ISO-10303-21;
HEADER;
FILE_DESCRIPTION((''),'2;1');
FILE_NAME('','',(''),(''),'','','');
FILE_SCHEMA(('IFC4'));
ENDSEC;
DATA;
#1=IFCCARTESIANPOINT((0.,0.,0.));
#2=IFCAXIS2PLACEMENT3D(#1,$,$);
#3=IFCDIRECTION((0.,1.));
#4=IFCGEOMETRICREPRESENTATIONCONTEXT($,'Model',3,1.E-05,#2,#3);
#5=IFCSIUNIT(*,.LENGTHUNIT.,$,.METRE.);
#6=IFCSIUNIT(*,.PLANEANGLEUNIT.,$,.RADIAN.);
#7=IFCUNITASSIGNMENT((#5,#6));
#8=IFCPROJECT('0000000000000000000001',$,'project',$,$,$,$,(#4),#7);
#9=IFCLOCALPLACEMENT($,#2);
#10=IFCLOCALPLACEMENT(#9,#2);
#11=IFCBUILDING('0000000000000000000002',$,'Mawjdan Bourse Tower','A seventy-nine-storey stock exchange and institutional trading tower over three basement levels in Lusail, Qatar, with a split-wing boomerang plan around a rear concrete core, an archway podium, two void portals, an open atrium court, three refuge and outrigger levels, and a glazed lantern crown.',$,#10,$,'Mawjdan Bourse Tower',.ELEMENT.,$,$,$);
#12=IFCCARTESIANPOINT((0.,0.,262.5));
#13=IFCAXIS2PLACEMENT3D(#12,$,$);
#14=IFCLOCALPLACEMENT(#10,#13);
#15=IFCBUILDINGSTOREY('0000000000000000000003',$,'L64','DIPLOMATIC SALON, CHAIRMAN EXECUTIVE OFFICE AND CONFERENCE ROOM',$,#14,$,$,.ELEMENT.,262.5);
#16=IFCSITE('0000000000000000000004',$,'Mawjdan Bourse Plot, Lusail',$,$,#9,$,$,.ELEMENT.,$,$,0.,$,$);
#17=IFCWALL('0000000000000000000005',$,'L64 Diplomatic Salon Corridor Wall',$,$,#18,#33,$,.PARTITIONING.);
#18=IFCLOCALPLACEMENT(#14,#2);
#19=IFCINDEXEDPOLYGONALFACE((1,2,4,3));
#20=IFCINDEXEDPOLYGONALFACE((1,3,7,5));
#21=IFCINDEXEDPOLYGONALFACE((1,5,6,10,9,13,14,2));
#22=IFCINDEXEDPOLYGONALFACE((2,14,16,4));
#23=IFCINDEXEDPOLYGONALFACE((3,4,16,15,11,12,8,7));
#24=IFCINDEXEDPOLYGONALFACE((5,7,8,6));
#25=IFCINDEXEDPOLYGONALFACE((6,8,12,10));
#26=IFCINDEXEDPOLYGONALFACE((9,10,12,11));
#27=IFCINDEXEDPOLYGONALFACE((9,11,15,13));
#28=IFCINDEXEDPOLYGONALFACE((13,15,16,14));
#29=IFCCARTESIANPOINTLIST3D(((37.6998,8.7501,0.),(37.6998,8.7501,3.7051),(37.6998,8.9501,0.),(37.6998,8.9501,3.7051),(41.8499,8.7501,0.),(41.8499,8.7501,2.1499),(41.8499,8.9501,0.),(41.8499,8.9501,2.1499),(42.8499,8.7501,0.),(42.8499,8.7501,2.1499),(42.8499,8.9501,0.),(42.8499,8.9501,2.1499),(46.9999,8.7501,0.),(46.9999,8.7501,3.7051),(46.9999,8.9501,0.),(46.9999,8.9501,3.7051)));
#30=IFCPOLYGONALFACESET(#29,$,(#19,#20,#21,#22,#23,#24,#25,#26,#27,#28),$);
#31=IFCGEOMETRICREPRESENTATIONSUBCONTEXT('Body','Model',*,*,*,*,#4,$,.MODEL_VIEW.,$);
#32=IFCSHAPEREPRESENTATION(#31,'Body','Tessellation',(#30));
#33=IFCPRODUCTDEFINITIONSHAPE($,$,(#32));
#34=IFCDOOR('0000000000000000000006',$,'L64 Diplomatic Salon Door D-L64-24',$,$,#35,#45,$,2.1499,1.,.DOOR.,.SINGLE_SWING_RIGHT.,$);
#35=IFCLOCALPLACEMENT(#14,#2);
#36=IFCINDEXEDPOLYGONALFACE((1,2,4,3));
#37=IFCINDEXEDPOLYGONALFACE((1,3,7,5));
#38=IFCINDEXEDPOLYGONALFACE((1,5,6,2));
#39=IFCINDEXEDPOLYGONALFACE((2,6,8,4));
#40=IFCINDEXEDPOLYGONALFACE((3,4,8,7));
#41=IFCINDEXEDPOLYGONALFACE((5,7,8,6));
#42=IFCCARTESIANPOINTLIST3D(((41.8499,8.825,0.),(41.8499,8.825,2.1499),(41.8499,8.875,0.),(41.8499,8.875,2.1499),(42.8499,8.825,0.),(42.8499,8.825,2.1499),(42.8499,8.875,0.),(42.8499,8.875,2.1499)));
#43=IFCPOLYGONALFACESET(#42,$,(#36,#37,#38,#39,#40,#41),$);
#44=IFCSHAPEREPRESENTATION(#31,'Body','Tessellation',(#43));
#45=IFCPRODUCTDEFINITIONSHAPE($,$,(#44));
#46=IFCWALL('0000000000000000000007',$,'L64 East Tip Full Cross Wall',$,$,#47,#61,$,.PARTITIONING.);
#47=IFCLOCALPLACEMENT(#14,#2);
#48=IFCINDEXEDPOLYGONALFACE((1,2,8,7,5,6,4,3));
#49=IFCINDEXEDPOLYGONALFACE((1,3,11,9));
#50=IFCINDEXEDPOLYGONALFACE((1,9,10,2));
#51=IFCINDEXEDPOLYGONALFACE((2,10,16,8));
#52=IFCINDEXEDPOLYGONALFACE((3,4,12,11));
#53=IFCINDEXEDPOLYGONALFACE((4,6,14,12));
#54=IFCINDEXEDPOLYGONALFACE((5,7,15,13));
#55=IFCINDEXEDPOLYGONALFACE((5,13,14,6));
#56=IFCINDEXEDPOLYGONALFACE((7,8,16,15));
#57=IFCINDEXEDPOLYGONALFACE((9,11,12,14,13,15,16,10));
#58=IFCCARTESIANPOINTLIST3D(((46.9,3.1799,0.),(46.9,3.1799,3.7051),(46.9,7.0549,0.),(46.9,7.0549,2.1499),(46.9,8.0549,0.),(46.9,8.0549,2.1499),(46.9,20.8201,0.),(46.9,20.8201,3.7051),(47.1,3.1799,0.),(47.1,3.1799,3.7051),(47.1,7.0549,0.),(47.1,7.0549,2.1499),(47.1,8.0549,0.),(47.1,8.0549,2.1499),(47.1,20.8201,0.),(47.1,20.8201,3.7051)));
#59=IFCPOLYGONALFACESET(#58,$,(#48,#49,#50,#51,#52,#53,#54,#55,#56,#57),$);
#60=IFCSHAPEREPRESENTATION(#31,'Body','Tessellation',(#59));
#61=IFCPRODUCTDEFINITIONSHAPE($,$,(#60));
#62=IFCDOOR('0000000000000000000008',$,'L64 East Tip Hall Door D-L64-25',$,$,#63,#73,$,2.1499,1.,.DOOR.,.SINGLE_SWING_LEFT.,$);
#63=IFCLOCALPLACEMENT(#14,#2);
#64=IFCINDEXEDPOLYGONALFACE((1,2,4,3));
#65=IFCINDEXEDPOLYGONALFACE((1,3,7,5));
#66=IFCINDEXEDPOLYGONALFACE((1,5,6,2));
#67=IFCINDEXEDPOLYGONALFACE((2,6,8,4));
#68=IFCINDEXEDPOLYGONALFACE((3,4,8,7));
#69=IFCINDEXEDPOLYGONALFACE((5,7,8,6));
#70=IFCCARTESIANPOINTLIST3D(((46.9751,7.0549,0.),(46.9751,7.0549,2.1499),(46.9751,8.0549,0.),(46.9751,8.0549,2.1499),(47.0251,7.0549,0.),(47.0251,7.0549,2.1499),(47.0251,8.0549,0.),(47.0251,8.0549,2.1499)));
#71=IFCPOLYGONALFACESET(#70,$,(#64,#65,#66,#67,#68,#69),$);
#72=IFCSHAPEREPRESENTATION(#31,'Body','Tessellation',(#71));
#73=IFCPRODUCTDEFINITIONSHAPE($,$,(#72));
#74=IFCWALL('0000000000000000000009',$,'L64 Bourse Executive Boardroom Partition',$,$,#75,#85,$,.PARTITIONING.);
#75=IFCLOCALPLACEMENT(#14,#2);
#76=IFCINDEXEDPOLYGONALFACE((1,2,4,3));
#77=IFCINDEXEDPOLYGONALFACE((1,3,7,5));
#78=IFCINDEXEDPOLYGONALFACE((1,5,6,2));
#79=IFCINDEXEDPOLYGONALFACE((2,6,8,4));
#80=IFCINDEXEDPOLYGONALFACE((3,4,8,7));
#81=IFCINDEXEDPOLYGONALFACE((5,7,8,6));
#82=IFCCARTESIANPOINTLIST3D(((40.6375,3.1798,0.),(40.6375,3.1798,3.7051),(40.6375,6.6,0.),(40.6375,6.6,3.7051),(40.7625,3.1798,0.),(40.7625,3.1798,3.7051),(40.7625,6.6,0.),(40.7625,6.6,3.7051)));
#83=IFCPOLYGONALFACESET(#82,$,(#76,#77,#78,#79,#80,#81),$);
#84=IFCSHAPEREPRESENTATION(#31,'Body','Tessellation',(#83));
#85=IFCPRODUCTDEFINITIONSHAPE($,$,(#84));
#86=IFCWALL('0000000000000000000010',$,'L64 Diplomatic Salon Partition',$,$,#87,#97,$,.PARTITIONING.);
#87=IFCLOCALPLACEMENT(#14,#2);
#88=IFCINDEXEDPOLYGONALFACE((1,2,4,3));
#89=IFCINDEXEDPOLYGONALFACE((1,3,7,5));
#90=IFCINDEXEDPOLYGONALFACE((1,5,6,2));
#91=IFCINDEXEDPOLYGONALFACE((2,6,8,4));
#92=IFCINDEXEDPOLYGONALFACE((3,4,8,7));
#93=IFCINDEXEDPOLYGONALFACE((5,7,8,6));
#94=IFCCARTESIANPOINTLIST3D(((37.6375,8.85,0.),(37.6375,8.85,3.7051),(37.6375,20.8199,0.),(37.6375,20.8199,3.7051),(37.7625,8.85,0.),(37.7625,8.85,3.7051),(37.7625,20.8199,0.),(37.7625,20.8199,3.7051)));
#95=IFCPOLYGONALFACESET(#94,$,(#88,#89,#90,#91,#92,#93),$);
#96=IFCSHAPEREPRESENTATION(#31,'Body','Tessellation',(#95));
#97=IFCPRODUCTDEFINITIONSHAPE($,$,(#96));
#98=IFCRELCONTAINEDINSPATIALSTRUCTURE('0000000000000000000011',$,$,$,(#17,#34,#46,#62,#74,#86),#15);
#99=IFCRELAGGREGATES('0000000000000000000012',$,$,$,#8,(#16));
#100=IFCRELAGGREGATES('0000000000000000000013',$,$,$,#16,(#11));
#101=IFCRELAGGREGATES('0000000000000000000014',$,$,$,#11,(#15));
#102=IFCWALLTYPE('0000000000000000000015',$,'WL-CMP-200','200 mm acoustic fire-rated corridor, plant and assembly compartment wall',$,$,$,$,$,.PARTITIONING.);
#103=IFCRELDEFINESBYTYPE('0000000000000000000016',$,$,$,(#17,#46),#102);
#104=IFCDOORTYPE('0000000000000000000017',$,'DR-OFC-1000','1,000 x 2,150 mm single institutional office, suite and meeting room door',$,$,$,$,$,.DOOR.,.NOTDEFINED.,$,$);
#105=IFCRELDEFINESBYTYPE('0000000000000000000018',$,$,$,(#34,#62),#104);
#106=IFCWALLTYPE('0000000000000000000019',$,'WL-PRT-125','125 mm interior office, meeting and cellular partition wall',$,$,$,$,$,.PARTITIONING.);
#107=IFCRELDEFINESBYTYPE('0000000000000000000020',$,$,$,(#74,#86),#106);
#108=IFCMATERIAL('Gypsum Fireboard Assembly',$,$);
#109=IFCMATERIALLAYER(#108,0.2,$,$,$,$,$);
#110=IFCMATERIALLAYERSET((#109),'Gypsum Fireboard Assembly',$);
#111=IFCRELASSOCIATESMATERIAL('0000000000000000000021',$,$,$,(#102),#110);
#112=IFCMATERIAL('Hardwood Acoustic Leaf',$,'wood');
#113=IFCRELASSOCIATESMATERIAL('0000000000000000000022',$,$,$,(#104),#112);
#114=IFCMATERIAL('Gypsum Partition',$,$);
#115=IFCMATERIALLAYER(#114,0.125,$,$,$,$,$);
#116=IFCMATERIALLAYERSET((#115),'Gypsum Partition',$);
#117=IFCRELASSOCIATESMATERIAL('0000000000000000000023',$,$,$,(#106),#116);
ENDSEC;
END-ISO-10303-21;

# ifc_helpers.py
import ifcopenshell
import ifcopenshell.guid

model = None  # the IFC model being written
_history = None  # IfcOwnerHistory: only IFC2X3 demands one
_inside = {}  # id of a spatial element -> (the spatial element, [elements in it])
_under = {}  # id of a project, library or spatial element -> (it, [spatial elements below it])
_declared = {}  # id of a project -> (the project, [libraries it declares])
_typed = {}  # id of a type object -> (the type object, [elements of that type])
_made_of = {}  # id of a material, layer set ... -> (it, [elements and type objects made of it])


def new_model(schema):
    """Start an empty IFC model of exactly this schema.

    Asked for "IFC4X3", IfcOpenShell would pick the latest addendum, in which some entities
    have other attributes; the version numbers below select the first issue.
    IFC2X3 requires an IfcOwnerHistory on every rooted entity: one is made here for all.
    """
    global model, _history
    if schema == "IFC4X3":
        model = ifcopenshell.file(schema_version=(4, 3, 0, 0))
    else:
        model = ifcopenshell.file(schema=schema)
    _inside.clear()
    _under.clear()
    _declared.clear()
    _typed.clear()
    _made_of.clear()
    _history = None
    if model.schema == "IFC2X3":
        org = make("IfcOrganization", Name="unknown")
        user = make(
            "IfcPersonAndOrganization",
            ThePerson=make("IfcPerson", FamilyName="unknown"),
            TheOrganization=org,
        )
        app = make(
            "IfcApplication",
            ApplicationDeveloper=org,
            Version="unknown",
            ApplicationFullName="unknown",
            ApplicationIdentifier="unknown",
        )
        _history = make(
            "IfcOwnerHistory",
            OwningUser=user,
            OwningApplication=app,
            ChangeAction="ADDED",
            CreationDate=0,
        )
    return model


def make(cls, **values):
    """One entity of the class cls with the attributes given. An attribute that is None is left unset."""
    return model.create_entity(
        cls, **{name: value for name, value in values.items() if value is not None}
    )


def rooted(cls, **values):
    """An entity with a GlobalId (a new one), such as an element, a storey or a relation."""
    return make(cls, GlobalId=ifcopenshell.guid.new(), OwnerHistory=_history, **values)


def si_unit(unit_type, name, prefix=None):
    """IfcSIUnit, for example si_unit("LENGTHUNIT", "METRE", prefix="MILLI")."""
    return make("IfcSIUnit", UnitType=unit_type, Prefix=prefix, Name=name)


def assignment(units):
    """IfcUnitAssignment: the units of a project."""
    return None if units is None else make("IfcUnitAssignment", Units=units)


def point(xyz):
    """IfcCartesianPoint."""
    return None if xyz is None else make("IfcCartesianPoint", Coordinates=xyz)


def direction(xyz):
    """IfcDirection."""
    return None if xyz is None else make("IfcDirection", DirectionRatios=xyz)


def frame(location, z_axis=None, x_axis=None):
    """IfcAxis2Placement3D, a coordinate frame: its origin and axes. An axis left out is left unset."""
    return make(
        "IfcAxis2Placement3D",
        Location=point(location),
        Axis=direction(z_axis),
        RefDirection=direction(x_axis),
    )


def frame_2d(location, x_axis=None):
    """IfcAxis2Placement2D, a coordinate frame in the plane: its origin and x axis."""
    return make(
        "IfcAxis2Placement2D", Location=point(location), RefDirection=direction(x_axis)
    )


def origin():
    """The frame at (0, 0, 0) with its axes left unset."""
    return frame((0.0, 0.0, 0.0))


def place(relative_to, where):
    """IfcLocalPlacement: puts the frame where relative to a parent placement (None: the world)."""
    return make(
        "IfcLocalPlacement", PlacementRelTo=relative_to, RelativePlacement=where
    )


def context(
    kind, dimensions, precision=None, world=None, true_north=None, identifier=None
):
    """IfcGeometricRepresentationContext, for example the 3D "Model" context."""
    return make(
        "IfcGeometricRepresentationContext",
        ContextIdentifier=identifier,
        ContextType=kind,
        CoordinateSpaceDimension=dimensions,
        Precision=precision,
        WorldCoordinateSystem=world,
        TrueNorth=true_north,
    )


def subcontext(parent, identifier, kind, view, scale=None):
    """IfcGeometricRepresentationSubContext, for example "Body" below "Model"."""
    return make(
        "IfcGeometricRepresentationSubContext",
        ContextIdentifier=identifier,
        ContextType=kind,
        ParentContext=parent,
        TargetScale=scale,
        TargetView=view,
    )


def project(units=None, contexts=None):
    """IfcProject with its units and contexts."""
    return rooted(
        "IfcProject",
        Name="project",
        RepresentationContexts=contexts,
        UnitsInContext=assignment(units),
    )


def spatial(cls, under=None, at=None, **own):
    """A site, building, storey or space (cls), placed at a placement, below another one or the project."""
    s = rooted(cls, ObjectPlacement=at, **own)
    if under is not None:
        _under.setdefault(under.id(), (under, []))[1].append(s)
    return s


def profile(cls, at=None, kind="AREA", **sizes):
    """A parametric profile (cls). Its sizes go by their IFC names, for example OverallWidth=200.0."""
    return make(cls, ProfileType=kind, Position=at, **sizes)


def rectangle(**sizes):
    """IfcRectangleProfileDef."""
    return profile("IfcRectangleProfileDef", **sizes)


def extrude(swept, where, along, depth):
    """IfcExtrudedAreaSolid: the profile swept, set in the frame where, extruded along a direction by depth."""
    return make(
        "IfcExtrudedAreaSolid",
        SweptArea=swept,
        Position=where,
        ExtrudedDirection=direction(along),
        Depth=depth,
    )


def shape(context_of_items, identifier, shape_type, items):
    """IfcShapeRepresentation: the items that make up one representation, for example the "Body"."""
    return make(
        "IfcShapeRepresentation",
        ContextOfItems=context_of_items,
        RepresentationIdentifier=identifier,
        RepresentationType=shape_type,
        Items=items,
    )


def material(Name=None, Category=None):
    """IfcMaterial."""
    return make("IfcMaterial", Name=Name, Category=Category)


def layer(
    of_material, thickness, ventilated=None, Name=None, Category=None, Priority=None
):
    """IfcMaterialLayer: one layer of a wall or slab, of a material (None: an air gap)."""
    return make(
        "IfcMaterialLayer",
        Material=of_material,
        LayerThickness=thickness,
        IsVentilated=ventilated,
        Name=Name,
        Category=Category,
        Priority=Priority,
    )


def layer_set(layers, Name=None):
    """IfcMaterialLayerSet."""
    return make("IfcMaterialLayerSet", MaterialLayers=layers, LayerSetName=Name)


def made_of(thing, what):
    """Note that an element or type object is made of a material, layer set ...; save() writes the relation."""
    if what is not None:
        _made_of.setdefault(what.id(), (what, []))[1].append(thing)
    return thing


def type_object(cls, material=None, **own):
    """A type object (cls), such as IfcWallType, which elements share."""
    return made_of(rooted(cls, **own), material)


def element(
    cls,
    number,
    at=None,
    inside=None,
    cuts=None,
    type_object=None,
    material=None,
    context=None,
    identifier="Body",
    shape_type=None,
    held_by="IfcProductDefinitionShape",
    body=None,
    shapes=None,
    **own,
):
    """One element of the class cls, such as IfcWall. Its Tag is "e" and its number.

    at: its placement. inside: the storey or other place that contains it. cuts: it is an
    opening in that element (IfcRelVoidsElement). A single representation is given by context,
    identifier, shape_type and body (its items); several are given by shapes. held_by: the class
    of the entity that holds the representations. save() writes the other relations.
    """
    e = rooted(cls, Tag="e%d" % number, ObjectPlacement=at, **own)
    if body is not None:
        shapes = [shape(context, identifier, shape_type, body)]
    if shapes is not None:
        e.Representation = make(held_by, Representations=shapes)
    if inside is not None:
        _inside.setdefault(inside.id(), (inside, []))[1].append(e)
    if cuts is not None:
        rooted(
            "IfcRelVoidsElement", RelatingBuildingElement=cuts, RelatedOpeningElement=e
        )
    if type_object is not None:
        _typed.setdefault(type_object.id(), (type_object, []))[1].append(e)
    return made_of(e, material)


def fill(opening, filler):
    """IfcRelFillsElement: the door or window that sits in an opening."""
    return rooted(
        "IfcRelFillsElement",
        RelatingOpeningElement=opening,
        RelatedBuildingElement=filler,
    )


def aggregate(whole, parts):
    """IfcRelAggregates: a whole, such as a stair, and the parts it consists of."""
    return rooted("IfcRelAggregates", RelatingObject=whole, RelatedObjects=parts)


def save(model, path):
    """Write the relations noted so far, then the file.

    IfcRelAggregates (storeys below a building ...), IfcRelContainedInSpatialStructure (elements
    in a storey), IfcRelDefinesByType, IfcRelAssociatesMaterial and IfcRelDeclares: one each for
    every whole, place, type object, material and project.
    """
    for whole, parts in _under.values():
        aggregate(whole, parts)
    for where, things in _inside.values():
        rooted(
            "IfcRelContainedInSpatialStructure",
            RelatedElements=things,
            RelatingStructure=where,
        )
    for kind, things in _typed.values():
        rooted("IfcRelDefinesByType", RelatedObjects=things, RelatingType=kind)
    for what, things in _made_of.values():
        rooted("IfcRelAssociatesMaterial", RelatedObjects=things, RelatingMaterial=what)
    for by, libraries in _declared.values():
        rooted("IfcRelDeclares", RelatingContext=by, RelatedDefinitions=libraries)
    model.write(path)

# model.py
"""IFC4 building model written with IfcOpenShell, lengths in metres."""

from ifc_helpers import new_model, si_unit, direction, frame, frame_2d, origin, place, context, subcontext, project, spatial, rectangle, extrude, material, layer, layer_set, type_object, element, fill, save


model = new_model("IFC4")

# Units and contexts
model_context = context("Model", 3, precision=1e-05, world=origin(), true_north=direction((0.0, 1.0)))
body_context = subcontext(model_context, "Body", "Model", "MODEL_VIEW")
ifc_project = project(units=[si_unit("LENGTHUNIT", "METRE"), si_unit("PLANEANGLEUNIT", "RADIAN")], contexts=[model_context])

# Site, building, storey
site_placement = place(None, origin())
site = spatial("IfcSite", under=ifc_project, at=site_placement, Name="Mawjdan Bourse Plot, Lusail", CompositionType="ELEMENT", RefElevation=0.0)
building_placement = place(site_placement, origin())
building = spatial("IfcBuilding", under=site, at=building_placement, Name="Mawjdan Bourse Tower", Description="A seventy-nine-storey stock exchange and institutional trading tower over three basement levels in Lusail, Qatar, with a split-wing boomerang plan around a rear concrete core, an archway podium, two void portals, an open atrium court, three refuge and outrigger levels, and a glazed lantern crown.", LongName="Mawjdan Bourse Tower", CompositionType="ELEMENT")
storey_placement = place(building_placement, frame((0.0, 0.0, 262.5)))
storey = spatial("IfcBuildingStorey", under=building, at=storey_placement, Name="L64", Description="DIPLOMATIC SALON, CHAIRMAN EXECUTIVE OFFICE AND CONFERENCE ROOM", CompositionType="ELEMENT", Elevation=262.5)

# Walls, openings, doors
ifc_material_1 = material(Name="Gypsum Fireboard Assembly")
ifc_layer_1 = layer(ifc_material_1, 0.2)
ifc_layer_set_1 = layer_set([ifc_layer_1], Name="Gypsum Fireboard Assembly")
wall_type_1 = type_object("IfcWallType", Name="WL-CMP-200", Description="200 mm acoustic fire-rated corridor, plant and assembly compartment wall", PredefinedType="PARTITIONING", material=ifc_layer_set_1)
wall_1_placement = place(storey_placement, frame((37.7, 8.8501, 0.0), z_axis=(0.0, 0.0, 1.0), x_axis=(1.0, 0.0, 0.0)))
wall_1 = element("IfcWall", 1, at=wall_1_placement, inside=storey, type_object=wall_type_1, Name="L64 Diplomatic Salon Corridor Wall", PredefinedType="PARTITIONING", context=body_context, shape_type="SweptSolid", body=[
    extrude(rectangle(XDim=9.3, YDim=0.2, at=frame_2d((4.6499, 0.0))), origin(), (0.0, 0.0, 1.0), 3.7051),
])
opening_1_placement = place(wall_1_placement, frame((4.1499, 0.0, 0.0)))
opening_1 = element("IfcOpeningElement", 2, at=opening_1_placement, cuts=wall_1, PredefinedType="OPENING", context=body_context, shape_type="SweptSolid", body=[
    extrude(rectangle(XDim=1.0, YDim=2.1499, at=frame_2d((0.5, 1.075))), frame((0.0, 0.1099, 0.0), z_axis=(0.0, -1.0, 0.0), x_axis=(1.0, 0.0, 0.0)), (0.0, 0.0, 1.0), 0.22),
])
ifc_material_2 = material(Name="Hardwood Acoustic Leaf", Category="wood")
door_type_1 = type_object("IfcDoorType", Name="DR-OFC-1000", Description="1,000 x 2,150 mm single institutional office, suite and meeting room door", OperationType="NOTDEFINED", PredefinedType="DOOR", material=ifc_material_2)
door_1_placement = place(opening_1_placement, origin())
door_1 = element("IfcDoor", 3, at=door_1_placement, inside=storey, type_object=door_type_1, Name="L64 Diplomatic Salon Door D-L64-24", OperationType="SINGLE_SWING_RIGHT", OverallHeight=2.1499, OverallWidth=1.0, PredefinedType="DOOR", context=body_context, shape_type="SweptSolid", body=[
    extrude(rectangle(XDim=1.0, YDim=2.1499, at=frame_2d((0.5, 1.075))), frame((0.0, 0.0249, 0.0), z_axis=(0.0, -1.0, 0.0), x_axis=(1.0, 0.0, 0.0)), (0.0, 0.0, 1.0), 0.05),
])
fill(opening_1, door_1)
wall_2_placement = place(storey_placement, frame((47.0, 3.1799, 0.0), z_axis=(0.0, 0.0, 1.0), x_axis=(0.0, 1.0, 0.0)))
wall_2 = element("IfcWall", 4, at=wall_2_placement, inside=storey, type_object=wall_type_1, Name="L64 East Tip Full Cross Wall", PredefinedType="PARTITIONING", context=body_context, shape_type="SweptSolid", body=[
    extrude(rectangle(XDim=17.6401, YDim=0.2, at=frame_2d((8.8201, 0.0))), origin(), (0.0, 0.0, 1.0), 3.7051),
])
opening_2_placement = place(wall_2_placement, frame((3.875, 0.0, 0.0)))
opening_2 = element("IfcOpeningElement", 5, at=opening_2_placement, cuts=wall_2, PredefinedType="OPENING", context=body_context, shape_type="SweptSolid", body=[
    extrude(rectangle(XDim=1.0, YDim=2.1499, at=frame_2d((0.5, 1.075))), frame((0.0, 0.1099, 0.0), z_axis=(0.0, -1.0, 0.0), x_axis=(1.0, 0.0, 0.0)), (0.0, 0.0, 1.0), 0.22),
])
door_2_placement = place(opening_2_placement, origin())
door_2 = element("IfcDoor", 6, at=door_2_placement, inside=storey, type_object=door_type_1, Name="L64 East Tip Hall Door D-L64-25", OperationType="SINGLE_SWING_LEFT", OverallHeight=2.1499, OverallWidth=1.0, PredefinedType="DOOR", context=body_context, shape_type="SweptSolid", body=[
    extrude(rectangle(XDim=1.0, YDim=2.1499, at=frame_2d((0.5, 1.075))), frame((0.0, 0.0249, 0.0), z_axis=(0.0, -1.0, 0.0), x_axis=(1.0, 0.0, 0.0)), (0.0, 0.0, 1.0), 0.05),
])
fill(opening_2, door_2)

# Walls
ifc_material_3 = material(Name="Gypsum Partition")
ifc_layer_2 = layer(ifc_material_3, 0.125)
ifc_layer_set_2 = layer_set([ifc_layer_2], Name="Gypsum Partition")
wall_type_2 = type_object("IfcWallType", Name="WL-PRT-125", Description="125 mm interior office, meeting and cellular partition wall", PredefinedType="PARTITIONING", material=ifc_layer_set_2)
wall_3_placement = place(storey_placement, frame((40.7, 3.1799, 0.0), z_axis=(0.0, 0.0, 1.0), x_axis=(0.0, 1.0, 0.0)))
element("IfcWall", 7, at=wall_3_placement, inside=storey, type_object=wall_type_2, Name="L64 Bourse Executive Boardroom Partition", PredefinedType="PARTITIONING", context=body_context, shape_type="SweptSolid", body=[
    extrude(rectangle(XDim=3.4202, YDim=0.125, at=frame_2d((1.71, 0.0))), origin(), (0.0, 0.0, 1.0), 3.7051),
])
wall_4_placement = place(storey_placement, frame((37.7, 8.8501, 0.0), z_axis=(0.0, 0.0, 1.0), x_axis=(0.0, 1.0, 0.0)))
element("IfcWall", 8, at=wall_4_placement, inside=storey, type_object=wall_type_2, Name="L64 Diplomatic Salon Partition", PredefinedType="PARTITIONING", context=body_context, shape_type="SweptSolid", body=[
    extrude(rectangle(XDim=11.97, YDim=0.125, at=frame_2d((5.9849, 0.0))), origin(), (0.0, 0.0, 1.0), 3.7051),
])

save(model, "model.ifc")
